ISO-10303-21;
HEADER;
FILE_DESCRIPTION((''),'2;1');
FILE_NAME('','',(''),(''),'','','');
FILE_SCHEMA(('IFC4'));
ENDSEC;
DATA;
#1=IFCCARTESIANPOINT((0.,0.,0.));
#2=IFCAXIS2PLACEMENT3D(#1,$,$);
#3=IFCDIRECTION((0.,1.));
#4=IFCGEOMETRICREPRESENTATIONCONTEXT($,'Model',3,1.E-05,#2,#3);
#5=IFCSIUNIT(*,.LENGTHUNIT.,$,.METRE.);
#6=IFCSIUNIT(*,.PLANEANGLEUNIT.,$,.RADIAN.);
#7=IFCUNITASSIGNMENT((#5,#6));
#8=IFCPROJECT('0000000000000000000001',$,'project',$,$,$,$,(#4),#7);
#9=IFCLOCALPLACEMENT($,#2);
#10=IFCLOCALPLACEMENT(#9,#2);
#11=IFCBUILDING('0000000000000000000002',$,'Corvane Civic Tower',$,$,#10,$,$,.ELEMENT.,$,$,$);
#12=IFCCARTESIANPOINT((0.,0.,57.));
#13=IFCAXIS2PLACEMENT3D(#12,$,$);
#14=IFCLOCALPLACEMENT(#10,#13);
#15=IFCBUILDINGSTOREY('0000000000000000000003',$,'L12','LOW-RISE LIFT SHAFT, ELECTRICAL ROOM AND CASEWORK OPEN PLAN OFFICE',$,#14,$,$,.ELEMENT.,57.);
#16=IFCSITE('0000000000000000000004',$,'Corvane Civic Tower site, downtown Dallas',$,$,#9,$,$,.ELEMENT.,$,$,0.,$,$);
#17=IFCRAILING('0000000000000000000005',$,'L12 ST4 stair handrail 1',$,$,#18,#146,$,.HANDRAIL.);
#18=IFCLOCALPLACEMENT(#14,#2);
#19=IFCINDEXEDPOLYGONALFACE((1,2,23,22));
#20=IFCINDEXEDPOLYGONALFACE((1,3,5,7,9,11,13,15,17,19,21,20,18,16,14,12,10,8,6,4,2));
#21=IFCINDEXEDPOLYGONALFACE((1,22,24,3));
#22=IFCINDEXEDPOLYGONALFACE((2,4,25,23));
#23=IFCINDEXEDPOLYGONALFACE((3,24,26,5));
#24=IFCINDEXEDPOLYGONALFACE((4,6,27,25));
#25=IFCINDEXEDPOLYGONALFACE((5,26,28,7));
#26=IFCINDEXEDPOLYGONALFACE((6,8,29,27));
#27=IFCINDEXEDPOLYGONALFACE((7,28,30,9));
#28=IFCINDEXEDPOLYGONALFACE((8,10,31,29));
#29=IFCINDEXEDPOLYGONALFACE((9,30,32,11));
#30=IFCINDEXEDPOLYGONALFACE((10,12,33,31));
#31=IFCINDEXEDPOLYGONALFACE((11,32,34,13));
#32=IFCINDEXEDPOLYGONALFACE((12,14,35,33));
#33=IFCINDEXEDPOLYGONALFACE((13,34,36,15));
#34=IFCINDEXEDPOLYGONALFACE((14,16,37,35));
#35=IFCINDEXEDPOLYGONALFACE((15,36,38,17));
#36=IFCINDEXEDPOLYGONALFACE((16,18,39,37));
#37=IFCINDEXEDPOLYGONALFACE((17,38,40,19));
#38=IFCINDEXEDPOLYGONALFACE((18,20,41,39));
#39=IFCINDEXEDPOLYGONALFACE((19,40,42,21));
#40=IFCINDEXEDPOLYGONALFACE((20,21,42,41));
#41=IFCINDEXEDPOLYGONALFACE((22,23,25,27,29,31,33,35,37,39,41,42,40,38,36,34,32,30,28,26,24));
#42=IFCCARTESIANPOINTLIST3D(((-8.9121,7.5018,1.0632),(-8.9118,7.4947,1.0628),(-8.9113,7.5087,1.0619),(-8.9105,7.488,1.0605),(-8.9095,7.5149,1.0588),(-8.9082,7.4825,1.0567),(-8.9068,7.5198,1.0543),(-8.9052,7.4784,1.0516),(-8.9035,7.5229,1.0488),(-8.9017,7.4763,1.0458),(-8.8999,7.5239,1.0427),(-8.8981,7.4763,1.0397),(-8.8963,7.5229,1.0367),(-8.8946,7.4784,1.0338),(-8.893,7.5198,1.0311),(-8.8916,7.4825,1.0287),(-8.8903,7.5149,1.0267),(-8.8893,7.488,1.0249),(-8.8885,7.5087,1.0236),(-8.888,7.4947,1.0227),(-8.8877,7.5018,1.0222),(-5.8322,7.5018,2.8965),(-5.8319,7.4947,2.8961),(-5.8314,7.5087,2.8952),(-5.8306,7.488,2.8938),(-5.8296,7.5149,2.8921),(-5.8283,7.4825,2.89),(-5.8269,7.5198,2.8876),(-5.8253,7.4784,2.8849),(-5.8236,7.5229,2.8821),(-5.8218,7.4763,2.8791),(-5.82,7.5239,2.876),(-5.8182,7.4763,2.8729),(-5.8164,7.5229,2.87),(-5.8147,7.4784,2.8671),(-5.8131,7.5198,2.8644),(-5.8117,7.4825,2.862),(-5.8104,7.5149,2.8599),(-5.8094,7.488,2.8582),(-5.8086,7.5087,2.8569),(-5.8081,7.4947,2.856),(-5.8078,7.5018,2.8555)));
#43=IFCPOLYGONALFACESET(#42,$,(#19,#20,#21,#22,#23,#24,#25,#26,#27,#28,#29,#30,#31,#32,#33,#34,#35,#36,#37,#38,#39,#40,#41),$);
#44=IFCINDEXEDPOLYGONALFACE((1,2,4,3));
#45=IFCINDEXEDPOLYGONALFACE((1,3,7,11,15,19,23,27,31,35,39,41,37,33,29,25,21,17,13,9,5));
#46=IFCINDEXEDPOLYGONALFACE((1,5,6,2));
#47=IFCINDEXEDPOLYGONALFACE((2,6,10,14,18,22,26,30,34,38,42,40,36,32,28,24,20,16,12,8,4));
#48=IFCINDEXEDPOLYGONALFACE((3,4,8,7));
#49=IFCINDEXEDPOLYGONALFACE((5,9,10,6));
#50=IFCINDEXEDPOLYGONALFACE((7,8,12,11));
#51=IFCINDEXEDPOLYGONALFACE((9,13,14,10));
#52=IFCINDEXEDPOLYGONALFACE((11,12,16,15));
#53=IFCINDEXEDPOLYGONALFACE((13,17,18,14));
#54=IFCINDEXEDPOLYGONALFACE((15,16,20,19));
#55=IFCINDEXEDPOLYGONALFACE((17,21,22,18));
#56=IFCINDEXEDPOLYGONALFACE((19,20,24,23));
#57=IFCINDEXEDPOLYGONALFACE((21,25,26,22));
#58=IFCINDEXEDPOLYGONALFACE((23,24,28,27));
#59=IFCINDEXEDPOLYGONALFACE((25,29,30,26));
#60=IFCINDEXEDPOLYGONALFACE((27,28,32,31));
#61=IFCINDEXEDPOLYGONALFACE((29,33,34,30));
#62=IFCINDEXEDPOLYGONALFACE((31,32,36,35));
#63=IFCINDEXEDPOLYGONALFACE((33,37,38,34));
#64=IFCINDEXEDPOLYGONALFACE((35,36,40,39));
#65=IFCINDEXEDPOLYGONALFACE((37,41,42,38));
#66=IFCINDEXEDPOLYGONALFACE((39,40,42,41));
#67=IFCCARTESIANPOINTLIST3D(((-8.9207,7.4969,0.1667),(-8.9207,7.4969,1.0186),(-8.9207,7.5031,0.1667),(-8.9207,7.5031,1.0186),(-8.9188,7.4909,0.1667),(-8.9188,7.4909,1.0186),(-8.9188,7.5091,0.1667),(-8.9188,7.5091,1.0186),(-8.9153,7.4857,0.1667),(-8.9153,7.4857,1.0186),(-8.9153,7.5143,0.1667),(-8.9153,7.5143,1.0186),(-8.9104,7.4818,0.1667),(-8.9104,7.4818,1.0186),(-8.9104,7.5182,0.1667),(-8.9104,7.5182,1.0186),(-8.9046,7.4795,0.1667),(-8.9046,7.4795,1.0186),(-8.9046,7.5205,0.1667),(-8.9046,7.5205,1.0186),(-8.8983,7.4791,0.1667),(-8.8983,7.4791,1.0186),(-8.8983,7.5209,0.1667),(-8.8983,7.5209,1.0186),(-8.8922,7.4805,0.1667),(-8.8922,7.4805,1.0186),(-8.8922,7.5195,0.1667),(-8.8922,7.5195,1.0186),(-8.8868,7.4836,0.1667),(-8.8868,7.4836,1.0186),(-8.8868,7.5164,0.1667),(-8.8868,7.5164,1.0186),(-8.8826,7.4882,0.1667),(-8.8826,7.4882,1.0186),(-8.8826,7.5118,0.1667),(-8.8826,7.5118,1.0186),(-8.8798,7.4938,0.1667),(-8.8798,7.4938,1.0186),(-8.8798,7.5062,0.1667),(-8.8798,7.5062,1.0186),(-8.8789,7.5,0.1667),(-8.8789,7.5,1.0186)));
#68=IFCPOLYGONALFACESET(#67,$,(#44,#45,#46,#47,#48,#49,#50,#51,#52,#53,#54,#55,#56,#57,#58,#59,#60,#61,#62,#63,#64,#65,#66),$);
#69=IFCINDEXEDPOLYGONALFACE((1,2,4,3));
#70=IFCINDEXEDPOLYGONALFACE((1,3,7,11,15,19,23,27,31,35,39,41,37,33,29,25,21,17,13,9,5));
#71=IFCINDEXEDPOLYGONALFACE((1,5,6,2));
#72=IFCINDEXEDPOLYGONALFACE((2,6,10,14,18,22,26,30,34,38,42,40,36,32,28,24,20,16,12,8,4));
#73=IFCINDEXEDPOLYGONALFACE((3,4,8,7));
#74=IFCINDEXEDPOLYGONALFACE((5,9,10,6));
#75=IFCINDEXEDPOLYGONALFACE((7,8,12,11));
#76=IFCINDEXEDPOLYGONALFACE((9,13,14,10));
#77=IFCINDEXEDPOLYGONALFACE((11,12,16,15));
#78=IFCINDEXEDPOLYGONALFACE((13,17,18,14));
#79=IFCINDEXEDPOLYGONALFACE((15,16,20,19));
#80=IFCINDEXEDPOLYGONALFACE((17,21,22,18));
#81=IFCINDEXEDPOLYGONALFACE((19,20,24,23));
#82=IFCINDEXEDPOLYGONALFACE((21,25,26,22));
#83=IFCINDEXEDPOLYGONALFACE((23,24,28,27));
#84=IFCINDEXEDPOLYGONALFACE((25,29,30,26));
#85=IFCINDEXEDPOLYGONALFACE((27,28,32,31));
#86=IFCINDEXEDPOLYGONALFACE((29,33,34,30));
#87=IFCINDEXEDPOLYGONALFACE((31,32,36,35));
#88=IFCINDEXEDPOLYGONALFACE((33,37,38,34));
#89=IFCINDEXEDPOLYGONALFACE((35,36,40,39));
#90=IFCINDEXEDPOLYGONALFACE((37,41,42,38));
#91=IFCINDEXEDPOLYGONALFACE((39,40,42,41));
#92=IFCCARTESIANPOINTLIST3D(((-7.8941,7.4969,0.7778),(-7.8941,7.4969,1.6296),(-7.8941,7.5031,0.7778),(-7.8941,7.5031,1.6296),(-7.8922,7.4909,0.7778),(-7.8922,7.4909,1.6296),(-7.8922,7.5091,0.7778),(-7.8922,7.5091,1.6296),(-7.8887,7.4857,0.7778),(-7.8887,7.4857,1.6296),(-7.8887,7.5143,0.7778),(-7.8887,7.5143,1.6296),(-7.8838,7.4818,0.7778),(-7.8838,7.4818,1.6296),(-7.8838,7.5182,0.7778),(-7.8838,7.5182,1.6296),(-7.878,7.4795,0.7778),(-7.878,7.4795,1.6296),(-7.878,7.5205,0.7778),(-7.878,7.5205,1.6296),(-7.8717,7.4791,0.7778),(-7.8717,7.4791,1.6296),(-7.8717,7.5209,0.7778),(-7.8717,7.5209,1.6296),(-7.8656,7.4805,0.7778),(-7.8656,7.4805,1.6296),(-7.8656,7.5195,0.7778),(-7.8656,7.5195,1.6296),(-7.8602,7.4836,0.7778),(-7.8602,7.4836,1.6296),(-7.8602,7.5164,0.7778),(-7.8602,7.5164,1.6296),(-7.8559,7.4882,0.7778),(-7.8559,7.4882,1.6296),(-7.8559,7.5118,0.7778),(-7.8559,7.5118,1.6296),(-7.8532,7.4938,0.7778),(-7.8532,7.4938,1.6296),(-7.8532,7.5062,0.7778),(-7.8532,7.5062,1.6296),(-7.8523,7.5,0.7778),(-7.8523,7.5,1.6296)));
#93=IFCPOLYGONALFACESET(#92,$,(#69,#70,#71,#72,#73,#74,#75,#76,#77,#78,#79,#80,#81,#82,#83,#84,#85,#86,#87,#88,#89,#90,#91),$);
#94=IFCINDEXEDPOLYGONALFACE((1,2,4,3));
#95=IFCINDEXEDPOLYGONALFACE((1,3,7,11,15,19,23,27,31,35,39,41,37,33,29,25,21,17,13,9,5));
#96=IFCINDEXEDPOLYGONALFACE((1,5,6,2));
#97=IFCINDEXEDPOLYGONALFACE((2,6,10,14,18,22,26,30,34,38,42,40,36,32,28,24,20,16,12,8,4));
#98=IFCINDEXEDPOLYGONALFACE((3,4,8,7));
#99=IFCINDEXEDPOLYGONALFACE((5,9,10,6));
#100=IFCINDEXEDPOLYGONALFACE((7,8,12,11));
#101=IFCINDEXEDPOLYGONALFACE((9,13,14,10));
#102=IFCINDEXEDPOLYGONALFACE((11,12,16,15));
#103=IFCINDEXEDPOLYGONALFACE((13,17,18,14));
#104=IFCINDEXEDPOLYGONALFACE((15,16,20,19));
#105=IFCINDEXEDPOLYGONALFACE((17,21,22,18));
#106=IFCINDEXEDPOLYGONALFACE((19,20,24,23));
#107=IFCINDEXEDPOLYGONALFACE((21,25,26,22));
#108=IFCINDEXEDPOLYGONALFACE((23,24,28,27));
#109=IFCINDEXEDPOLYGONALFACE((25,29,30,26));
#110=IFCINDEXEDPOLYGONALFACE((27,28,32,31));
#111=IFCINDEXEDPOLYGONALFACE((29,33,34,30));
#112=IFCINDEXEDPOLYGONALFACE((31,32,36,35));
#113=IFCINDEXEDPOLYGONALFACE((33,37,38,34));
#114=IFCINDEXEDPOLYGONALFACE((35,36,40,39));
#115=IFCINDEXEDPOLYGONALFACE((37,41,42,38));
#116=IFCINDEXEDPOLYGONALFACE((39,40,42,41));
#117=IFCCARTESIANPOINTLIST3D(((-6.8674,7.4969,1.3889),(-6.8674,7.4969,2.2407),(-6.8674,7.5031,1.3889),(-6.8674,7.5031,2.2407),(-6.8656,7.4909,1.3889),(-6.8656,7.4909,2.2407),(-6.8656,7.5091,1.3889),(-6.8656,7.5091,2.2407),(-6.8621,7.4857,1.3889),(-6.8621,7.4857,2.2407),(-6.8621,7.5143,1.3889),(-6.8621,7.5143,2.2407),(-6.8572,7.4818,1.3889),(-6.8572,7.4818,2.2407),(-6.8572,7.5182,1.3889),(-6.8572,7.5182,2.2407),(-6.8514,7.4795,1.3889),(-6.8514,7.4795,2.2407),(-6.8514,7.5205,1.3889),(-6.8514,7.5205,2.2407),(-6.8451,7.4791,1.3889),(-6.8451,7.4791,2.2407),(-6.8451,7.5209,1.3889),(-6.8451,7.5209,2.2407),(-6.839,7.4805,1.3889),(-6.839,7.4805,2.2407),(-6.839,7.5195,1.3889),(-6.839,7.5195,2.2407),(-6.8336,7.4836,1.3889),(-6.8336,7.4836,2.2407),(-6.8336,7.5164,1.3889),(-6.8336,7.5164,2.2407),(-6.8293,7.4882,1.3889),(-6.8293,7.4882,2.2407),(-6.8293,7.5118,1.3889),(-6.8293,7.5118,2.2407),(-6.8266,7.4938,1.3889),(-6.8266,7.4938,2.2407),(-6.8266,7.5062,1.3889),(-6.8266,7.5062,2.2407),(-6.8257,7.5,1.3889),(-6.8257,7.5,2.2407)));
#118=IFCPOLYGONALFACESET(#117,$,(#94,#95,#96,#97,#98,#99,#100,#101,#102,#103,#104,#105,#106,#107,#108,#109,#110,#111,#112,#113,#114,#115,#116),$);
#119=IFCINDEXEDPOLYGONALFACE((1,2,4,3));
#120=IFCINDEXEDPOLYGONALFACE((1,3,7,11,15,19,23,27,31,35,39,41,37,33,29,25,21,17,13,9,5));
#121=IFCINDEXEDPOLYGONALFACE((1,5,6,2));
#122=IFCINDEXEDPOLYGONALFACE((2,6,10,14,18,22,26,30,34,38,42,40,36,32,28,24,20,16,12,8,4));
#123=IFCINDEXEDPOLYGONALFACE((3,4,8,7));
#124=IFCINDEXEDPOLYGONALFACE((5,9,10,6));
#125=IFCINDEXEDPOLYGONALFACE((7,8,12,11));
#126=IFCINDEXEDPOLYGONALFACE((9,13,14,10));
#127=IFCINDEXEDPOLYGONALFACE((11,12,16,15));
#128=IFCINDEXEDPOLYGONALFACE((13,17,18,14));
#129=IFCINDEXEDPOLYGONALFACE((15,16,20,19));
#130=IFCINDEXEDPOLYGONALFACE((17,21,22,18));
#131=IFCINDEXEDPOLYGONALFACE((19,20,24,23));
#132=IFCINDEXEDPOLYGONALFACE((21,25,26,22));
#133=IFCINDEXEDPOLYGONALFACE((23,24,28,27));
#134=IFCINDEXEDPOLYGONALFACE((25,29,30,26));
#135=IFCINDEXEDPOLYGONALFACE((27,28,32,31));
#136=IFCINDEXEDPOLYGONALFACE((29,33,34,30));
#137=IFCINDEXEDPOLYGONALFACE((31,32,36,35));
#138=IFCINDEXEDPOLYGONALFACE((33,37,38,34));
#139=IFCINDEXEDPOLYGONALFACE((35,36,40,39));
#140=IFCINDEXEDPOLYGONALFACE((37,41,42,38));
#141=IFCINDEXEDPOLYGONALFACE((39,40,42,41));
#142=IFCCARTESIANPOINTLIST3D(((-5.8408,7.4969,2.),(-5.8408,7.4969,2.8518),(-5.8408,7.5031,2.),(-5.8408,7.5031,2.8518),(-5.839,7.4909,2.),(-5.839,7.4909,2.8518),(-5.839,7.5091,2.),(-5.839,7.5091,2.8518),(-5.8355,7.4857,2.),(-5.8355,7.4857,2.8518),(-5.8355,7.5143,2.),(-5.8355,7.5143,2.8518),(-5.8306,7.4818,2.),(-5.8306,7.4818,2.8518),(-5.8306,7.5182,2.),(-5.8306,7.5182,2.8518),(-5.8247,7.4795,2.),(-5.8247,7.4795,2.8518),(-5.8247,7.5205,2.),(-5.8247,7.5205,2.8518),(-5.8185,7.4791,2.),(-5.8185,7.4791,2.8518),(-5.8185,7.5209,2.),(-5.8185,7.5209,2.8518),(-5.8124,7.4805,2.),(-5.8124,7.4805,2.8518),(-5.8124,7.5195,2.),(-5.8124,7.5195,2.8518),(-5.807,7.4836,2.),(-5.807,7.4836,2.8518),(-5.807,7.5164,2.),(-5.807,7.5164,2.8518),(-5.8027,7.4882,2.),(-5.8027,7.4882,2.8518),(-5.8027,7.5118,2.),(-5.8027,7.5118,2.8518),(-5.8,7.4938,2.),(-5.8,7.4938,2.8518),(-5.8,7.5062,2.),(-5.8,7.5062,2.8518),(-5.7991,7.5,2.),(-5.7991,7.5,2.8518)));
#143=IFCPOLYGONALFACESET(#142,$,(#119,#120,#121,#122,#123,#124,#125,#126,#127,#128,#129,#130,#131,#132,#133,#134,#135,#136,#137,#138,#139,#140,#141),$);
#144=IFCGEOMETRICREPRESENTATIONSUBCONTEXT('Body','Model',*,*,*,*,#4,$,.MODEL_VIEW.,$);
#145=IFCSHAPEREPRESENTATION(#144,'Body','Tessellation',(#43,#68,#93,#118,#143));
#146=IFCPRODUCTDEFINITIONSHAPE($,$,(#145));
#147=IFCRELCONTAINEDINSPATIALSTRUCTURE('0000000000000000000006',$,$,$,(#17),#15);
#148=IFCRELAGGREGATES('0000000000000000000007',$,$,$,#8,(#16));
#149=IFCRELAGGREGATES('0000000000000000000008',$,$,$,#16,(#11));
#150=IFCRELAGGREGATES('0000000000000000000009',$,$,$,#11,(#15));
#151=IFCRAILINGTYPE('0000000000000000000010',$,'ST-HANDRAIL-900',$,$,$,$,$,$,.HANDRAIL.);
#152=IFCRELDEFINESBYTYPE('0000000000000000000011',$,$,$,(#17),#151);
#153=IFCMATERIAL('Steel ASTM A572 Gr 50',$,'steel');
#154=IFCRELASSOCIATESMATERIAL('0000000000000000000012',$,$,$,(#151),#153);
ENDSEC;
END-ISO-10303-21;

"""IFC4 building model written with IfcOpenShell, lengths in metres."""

from ifc_helpers import new_model, si_unit, direction, frame, origin, origin_2d, place, context, subcontext, project, spatial, circle, extrude, material, type_object, element, save


model = new_model("IFC4")

# Units and contexts
model_context = context("Model", 3, precision=1e-05, world=origin(), true_north=direction((0.0, 1.0)))
body_context = subcontext(model_context, "Body", "Model", "MODEL_VIEW")
ifc_project = project(units=[si_unit("LENGTHUNIT", "METRE"), si_unit("PLANEANGLEUNIT", "RADIAN")], contexts=[model_context])

# Site, building, storey
site_placement = place(None, origin())
site = spatial("IfcSite", under=ifc_project, at=site_placement, Name="Corvane Civic Tower site, downtown Dallas", CompositionType="ELEMENT", RefElevation=0.0)
building_placement = place(site_placement, origin())
building = spatial("IfcBuilding", under=site, at=building_placement, Name="Corvane Civic Tower", CompositionType="ELEMENT")
storey_placement = place(building_placement, frame((0.0, 0.0, 57.0)))
storey = spatial("IfcBuildingStorey", under=building, at=storey_placement, Name="L12", Description="LOW-RISE LIFT SHAFT, ELECTRICAL ROOM AND CASEWORK OPEN PLAN OFFICE", CompositionType="ELEMENT", Elevation=57.0)

# Railing
ifc_material_1 = material(Name="Steel ASTM A572 Gr 50", Category="steel")
railing_type = type_object("IfcRailingType", Name="ST-HANDRAIL-900", PredefinedType="HANDRAIL", material=ifc_material_1)
railing_1_placement = place(storey_placement, frame((-8.8999, 7.5, 0.1667)))
element("IfcRailing", 1, at=railing_1_placement, inside=storey, type_object=railing_type, Name="L12 ST4 stair handrail 1", PredefinedType="HANDRAIL", context=body_context, shape_type="SweptSolid", body=[
    extrude(circle(Radius=0.0239, at=origin_2d()), frame((0.0, 0.0, 0.876), z_axis=(0.859291, 0.0, 0.511487), x_axis=(0.0, 1.0, 0.0)), (0.0, 0.0, 1.0), 3.5842),
    extrude(circle(Radius=0.021, at=origin_2d()), origin(), (0.0, 0.0, 1.0), 0.8518),
    extrude(circle(Radius=0.021, at=origin_2d()), frame((1.0266, 0.0, 0.6111)), (0.0, 0.0, 1.0), 0.8518),
    extrude(circle(Radius=0.021, at=origin_2d()), frame((2.0532, 0.0, 1.2222)), (0.0, 0.0, 1.0), 0.8518),
    extrude(circle(Radius=0.021, at=origin_2d()), frame((3.0798, 0.0, 1.8333)), (0.0, 0.0, 1.0), 0.8518),
])

save(model, "model.ifc")
